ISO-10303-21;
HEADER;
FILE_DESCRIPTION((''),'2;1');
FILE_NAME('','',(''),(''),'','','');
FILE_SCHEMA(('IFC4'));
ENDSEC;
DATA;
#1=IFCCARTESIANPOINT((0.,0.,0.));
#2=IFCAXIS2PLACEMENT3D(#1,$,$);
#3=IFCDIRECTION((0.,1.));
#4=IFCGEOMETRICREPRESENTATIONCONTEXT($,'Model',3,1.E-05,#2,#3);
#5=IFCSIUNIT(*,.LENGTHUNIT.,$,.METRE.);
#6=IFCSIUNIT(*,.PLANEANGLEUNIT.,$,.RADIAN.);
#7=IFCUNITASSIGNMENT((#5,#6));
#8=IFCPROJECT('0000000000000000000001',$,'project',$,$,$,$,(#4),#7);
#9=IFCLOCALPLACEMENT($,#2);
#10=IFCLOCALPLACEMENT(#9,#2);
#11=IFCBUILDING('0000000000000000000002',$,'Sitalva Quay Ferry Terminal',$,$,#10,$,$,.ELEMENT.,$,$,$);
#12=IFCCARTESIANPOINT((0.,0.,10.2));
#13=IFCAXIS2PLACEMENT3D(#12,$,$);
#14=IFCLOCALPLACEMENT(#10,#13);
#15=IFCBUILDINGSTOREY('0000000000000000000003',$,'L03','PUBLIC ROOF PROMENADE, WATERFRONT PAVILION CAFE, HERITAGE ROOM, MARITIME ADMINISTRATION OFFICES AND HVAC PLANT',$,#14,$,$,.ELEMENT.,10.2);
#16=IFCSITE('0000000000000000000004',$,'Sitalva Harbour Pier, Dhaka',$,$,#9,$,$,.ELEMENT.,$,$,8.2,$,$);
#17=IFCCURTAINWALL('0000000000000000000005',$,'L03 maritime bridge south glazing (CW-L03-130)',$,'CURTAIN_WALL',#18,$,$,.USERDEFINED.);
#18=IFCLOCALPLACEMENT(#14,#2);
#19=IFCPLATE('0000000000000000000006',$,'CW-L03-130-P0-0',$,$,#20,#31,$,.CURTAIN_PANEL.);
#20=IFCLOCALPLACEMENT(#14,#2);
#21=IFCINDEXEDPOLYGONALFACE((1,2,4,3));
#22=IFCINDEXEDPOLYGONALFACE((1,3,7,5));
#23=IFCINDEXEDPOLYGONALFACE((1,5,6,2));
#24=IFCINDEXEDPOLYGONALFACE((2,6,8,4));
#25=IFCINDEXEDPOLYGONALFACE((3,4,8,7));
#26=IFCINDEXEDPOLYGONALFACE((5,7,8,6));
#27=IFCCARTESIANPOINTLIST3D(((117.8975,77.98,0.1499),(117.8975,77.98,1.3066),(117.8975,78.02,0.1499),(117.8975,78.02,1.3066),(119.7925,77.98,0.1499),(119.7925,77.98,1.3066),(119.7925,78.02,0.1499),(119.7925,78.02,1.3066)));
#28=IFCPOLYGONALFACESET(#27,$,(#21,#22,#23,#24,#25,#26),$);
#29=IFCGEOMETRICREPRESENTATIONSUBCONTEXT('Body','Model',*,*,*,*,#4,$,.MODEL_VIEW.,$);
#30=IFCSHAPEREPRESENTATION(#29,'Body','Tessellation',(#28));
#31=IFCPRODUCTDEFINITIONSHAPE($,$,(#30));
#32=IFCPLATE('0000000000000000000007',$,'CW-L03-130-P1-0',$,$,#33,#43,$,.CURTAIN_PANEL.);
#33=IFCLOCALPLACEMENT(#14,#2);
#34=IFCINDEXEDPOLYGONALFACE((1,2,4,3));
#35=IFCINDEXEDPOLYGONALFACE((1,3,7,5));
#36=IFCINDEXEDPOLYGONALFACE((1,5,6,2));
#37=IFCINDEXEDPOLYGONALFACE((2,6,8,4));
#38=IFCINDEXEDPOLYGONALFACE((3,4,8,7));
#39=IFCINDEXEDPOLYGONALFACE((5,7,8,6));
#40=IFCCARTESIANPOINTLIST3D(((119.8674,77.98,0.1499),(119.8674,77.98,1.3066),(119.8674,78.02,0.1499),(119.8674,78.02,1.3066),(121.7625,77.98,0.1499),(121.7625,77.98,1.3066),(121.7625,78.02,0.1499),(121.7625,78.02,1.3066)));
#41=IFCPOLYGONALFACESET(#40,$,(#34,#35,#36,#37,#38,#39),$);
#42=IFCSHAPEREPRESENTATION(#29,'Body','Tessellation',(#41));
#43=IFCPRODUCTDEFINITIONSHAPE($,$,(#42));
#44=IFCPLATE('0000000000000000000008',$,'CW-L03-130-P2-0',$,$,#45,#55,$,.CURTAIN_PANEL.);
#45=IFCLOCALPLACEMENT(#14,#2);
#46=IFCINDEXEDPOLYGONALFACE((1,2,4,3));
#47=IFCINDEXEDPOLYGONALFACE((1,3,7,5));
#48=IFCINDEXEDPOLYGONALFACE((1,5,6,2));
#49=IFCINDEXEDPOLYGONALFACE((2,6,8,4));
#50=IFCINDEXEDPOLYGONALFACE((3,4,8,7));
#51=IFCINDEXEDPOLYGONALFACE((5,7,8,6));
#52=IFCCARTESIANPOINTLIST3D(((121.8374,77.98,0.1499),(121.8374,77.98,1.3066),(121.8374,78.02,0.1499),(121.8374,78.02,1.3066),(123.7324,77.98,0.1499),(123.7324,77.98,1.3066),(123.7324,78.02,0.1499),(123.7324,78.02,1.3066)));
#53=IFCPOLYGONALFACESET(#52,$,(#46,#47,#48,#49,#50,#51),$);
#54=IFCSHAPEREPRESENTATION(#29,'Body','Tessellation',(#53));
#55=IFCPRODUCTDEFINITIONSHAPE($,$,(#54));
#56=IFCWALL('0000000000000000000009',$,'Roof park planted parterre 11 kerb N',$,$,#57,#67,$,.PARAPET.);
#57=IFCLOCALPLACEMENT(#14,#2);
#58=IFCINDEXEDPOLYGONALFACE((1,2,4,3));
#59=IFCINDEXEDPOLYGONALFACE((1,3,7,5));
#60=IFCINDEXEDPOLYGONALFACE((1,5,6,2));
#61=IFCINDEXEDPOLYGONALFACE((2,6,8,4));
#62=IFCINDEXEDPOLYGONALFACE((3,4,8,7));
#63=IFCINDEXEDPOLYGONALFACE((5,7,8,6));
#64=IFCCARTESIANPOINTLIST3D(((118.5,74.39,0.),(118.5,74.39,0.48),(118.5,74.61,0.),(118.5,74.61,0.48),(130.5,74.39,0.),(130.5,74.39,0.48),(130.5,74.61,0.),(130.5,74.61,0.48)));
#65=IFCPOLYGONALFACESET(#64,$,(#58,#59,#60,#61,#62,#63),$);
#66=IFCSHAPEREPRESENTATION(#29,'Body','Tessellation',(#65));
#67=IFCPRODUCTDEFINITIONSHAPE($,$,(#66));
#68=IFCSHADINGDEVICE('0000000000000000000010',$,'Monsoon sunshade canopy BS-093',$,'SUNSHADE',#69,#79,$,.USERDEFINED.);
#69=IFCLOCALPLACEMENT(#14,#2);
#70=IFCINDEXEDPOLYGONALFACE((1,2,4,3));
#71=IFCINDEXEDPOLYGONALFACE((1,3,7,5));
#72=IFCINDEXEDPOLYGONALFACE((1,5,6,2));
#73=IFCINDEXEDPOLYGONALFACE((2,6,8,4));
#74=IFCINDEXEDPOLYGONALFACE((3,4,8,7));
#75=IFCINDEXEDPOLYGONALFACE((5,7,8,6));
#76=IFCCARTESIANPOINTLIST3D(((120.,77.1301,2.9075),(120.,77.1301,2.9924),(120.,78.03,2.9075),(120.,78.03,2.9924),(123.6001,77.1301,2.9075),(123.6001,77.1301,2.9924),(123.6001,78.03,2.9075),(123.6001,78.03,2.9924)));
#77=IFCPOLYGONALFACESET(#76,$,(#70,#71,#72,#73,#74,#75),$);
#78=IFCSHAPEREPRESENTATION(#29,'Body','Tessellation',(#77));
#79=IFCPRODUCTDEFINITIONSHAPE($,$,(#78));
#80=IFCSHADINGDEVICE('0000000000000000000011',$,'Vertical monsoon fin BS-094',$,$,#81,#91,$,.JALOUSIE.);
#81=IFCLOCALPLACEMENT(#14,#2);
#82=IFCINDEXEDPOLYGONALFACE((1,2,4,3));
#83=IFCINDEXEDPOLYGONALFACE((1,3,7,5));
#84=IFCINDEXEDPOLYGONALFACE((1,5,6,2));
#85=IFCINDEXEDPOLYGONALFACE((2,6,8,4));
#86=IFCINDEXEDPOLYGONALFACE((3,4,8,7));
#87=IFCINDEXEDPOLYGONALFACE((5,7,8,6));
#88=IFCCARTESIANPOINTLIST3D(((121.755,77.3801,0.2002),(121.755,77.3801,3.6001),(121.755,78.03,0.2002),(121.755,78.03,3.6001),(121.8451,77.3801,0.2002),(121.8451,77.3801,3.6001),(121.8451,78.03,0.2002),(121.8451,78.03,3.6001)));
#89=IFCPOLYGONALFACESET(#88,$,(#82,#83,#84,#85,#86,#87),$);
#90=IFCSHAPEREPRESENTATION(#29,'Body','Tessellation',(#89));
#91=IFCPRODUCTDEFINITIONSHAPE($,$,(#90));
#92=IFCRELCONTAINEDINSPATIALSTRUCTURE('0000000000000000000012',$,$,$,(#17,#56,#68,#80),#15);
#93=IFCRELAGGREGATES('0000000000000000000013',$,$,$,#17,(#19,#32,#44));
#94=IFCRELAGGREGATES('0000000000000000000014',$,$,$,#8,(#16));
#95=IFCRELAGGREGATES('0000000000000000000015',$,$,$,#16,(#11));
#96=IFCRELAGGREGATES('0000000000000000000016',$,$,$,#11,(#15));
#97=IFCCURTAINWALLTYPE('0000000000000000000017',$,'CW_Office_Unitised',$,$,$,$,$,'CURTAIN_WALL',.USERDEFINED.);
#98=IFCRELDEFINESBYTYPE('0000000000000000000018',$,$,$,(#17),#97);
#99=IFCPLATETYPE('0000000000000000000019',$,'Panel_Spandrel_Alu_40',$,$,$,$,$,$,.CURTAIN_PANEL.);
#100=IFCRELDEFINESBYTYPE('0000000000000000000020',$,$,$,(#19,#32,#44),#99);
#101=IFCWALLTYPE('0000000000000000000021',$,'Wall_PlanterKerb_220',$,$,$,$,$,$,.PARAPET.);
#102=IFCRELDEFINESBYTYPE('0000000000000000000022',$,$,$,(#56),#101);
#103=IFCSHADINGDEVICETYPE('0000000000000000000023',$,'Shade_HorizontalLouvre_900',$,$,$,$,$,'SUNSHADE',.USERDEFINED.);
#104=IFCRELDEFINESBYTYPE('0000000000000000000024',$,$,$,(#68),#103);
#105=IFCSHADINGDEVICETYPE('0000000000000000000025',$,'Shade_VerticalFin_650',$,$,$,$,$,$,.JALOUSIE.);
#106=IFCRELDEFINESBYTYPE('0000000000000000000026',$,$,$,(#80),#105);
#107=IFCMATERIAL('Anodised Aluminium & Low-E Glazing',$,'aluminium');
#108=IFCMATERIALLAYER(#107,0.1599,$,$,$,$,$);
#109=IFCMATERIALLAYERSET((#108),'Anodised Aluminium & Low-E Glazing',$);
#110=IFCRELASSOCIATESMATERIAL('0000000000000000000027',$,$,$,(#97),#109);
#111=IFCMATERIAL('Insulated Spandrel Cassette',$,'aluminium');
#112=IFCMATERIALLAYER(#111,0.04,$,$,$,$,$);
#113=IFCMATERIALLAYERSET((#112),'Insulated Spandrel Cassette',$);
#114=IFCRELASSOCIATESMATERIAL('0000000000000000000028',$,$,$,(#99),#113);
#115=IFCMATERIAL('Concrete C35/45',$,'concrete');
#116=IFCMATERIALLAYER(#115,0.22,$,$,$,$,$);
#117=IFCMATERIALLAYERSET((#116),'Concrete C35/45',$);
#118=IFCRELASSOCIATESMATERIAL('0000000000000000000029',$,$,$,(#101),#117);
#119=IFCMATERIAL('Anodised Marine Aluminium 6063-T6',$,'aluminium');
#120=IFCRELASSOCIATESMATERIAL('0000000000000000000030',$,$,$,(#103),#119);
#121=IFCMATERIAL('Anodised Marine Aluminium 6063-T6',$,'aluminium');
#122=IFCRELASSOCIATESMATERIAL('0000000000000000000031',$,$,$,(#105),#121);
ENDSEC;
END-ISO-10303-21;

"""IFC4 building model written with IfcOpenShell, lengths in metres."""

from ifc_helpers import new_model, si_unit, direction, frame, frame_2d, origin, origin_2d, place, context, subcontext, project, spatial, rectangle, extrude, material, layer, layer_set, type_object, element, aggregate, save


model = new_model("IFC4")

# Units and contexts
model_context = context("Model", 3, precision=1e-05, world=origin(), true_north=direction((0.0, 1.0)))
body_context = subcontext(model_context, "Body", "Model", "MODEL_VIEW")
ifc_project = project(units=[si_unit("LENGTHUNIT", "METRE"), si_unit("PLANEANGLEUNIT", "RADIAN")], contexts=[model_context])

# Site, building, storey
site_placement = place(None, origin())
site = spatial("IfcSite", under=ifc_project, at=site_placement, Name="Sitalva Harbour Pier, Dhaka", CompositionType="ELEMENT", RefElevation=8.2)
building_placement = place(site_placement, origin())
building = spatial("IfcBuilding", under=site, at=building_placement, Name="Sitalva Quay Ferry Terminal", CompositionType="ELEMENT")
storey_placement = place(building_placement, frame((0.0, 0.0, 10.2)))
storey = spatial("IfcBuildingStorey", under=building, at=storey_placement, Name="L03", Description="PUBLIC ROOF PROMENADE, WATERFRONT PAVILION CAFE, HERITAGE ROOM, MARITIME ADMINISTRATION OFFICES AND HVAC PLANT", CompositionType="ELEMENT", Elevation=10.2)

# Curtain wall, plates
ifc_material_1 = material(Name="Anodised Aluminium & Low-E Glazing", Category="aluminium")
ifc_layer_1 = layer(ifc_material_1, 0.1599)
ifc_layer_set_1 = layer_set([ifc_layer_1], Name="Anodised Aluminium & Low-E Glazing")
curtain_wall_type = type_object("IfcCurtainWallType", Name="CW_Office_Unitised", ElementType="CURTAIN_WALL", PredefinedType="USERDEFINED", material=ifc_layer_set_1)
curtain_wall_placement = place(storey_placement, origin())
curtain_wall = element("IfcCurtainWall", 1, at=curtain_wall_placement, inside=storey, type_object=curtain_wall_type, Name="L03 maritime bridge south glazing (CW-L03-130)", ObjectType="CURTAIN_WALL", PredefinedType="USERDEFINED")
ifc_material_2 = material(Name="Insulated Spandrel Cassette", Category="aluminium")
ifc_layer_2 = layer(ifc_material_2, 0.04)
ifc_layer_set_2 = layer_set([ifc_layer_2], Name="Insulated Spandrel Cassette")
plate_type_1 = type_object("IfcPlateType", Name="Panel_Spandrel_Alu_40", PredefinedType="CURTAIN_PANEL", material=ifc_layer_set_2)
plate_1_placement = place(storey_placement, frame((118.845, 78.0, 0.1499), z_axis=(0.0, 0.0, 1.0), x_axis=(1.0, 0.0, 0.0)))
plate_1 = element("IfcPlate", 2, at=plate_1_placement, type_object=plate_type_1, Name="CW-L03-130-P0-0", PredefinedType="CURTAIN_PANEL", context=body_context, shape_type="SweptSolid", body=[
    extrude(rectangle(XDim=1.895, YDim=0.04, at=origin_2d()), origin(), (0.0, 0.0, 1.0), 1.1567),
])
plate_2_placement = place(storey_placement, frame((120.8149, 78.0, 0.1499), z_axis=(0.0, 0.0, 1.0), x_axis=(1.0, 0.0, 0.0)))
plate_2 = element("IfcPlate", 3, at=plate_2_placement, type_object=plate_type_1, Name="CW-L03-130-P1-0", PredefinedType="CURTAIN_PANEL", context=body_context, shape_type="SweptSolid", body=[
    extrude(rectangle(XDim=1.895, YDim=0.04, at=origin_2d()), origin(), (0.0, 0.0, 1.0), 1.1567),
])
plate_3_placement = place(storey_placement, frame((122.7849, 78.0, 0.1499), z_axis=(0.0, 0.0, 1.0), x_axis=(1.0, 0.0, 0.0)))
plate_3 = element("IfcPlate", 4, at=plate_3_placement, type_object=plate_type_1, Name="CW-L03-130-P2-0", PredefinedType="CURTAIN_PANEL", context=body_context, shape_type="SweptSolid", body=[
    extrude(rectangle(XDim=1.895, YDim=0.04, at=origin_2d()), origin(), (0.0, 0.0, 1.0), 1.1567),
])
aggregate(curtain_wall, [plate_1, plate_2, plate_3])

# Wall
ifc_material_3 = material(Name="Concrete C35/45", Category="concrete")
ifc_layer_3 = layer(ifc_material_3, 0.22)
ifc_layer_set_3 = layer_set([ifc_layer_3], Name="Concrete C35/45")
wall_type = type_object("IfcWallType", Name="Wall_PlanterKerb_220", PredefinedType="PARAPET", material=ifc_layer_set_3)
wall_placement = place(storey_placement, frame((118.5, 74.5, 0.0), z_axis=(0.0, 0.0, 1.0), x_axis=(1.0, 0.0, 0.0)))
element("IfcWall", 5, at=wall_placement, inside=storey, type_object=wall_type, Name="Roof park planted parterre 11 kerb N", PredefinedType="PARAPET", context=body_context, shape_type="SweptSolid", body=[
    extrude(rectangle(XDim=12.0, YDim=0.22, at=frame_2d((6.0, 0.0))), origin(), (0.0, 0.0, 1.0), 0.48),
])

# Shading devices
ifc_material_4 = material(Name="Anodised Marine Aluminium 6063-T6", Category="aluminium")
shading_device_type_1 = type_object("IfcShadingDeviceType", Name="Shade_HorizontalLouvre_900", ElementType="SUNSHADE", PredefinedType="USERDEFINED", material=ifc_material_4)
shading_device_1_placement = place(storey_placement, frame((121.8, 77.5801, 2.9075), z_axis=(0.0, 0.0, 1.0), x_axis=(1.0, 0.0, 0.0)))
element("IfcShadingDevice", 6, at=shading_device_1_placement, inside=storey, type_object=shading_device_type_1, Name="Monsoon sunshade canopy BS-093", ObjectType="SUNSHADE", PredefinedType="USERDEFINED", context=body_context, shape_type="SweptSolid", body=[
    extrude(rectangle(XDim=3.6001, YDim=0.8999, at=origin_2d()), origin(), (0.0, 0.0, 1.0), 0.085),
])
ifc_material_5 = material(Name="Anodised Marine Aluminium 6063-T6", Category="aluminium")
shading_device_type_2 = type_object("IfcShadingDeviceType", Name="Shade_VerticalFin_650", PredefinedType="JALOUSIE", material=ifc_material_5)
shading_device_2_placement = place(storey_placement, frame((121.8, 77.7051, 0.2002), z_axis=(0.0, 0.0, 1.0), x_axis=(1.0, 0.0, 0.0)))
element("IfcShadingDevice", 7, at=shading_device_2_placement, inside=storey, type_object=shading_device_type_2, Name="Vertical monsoon fin BS-094", PredefinedType="JALOUSIE", context=body_context, shape_type="SweptSolid", body=[
    extrude(rectangle(XDim=0.0901, YDim=0.6499, at=origin_2d()), origin(), (0.0, 0.0, 1.0), 3.3999),
])

save(model, "model.ifc")
